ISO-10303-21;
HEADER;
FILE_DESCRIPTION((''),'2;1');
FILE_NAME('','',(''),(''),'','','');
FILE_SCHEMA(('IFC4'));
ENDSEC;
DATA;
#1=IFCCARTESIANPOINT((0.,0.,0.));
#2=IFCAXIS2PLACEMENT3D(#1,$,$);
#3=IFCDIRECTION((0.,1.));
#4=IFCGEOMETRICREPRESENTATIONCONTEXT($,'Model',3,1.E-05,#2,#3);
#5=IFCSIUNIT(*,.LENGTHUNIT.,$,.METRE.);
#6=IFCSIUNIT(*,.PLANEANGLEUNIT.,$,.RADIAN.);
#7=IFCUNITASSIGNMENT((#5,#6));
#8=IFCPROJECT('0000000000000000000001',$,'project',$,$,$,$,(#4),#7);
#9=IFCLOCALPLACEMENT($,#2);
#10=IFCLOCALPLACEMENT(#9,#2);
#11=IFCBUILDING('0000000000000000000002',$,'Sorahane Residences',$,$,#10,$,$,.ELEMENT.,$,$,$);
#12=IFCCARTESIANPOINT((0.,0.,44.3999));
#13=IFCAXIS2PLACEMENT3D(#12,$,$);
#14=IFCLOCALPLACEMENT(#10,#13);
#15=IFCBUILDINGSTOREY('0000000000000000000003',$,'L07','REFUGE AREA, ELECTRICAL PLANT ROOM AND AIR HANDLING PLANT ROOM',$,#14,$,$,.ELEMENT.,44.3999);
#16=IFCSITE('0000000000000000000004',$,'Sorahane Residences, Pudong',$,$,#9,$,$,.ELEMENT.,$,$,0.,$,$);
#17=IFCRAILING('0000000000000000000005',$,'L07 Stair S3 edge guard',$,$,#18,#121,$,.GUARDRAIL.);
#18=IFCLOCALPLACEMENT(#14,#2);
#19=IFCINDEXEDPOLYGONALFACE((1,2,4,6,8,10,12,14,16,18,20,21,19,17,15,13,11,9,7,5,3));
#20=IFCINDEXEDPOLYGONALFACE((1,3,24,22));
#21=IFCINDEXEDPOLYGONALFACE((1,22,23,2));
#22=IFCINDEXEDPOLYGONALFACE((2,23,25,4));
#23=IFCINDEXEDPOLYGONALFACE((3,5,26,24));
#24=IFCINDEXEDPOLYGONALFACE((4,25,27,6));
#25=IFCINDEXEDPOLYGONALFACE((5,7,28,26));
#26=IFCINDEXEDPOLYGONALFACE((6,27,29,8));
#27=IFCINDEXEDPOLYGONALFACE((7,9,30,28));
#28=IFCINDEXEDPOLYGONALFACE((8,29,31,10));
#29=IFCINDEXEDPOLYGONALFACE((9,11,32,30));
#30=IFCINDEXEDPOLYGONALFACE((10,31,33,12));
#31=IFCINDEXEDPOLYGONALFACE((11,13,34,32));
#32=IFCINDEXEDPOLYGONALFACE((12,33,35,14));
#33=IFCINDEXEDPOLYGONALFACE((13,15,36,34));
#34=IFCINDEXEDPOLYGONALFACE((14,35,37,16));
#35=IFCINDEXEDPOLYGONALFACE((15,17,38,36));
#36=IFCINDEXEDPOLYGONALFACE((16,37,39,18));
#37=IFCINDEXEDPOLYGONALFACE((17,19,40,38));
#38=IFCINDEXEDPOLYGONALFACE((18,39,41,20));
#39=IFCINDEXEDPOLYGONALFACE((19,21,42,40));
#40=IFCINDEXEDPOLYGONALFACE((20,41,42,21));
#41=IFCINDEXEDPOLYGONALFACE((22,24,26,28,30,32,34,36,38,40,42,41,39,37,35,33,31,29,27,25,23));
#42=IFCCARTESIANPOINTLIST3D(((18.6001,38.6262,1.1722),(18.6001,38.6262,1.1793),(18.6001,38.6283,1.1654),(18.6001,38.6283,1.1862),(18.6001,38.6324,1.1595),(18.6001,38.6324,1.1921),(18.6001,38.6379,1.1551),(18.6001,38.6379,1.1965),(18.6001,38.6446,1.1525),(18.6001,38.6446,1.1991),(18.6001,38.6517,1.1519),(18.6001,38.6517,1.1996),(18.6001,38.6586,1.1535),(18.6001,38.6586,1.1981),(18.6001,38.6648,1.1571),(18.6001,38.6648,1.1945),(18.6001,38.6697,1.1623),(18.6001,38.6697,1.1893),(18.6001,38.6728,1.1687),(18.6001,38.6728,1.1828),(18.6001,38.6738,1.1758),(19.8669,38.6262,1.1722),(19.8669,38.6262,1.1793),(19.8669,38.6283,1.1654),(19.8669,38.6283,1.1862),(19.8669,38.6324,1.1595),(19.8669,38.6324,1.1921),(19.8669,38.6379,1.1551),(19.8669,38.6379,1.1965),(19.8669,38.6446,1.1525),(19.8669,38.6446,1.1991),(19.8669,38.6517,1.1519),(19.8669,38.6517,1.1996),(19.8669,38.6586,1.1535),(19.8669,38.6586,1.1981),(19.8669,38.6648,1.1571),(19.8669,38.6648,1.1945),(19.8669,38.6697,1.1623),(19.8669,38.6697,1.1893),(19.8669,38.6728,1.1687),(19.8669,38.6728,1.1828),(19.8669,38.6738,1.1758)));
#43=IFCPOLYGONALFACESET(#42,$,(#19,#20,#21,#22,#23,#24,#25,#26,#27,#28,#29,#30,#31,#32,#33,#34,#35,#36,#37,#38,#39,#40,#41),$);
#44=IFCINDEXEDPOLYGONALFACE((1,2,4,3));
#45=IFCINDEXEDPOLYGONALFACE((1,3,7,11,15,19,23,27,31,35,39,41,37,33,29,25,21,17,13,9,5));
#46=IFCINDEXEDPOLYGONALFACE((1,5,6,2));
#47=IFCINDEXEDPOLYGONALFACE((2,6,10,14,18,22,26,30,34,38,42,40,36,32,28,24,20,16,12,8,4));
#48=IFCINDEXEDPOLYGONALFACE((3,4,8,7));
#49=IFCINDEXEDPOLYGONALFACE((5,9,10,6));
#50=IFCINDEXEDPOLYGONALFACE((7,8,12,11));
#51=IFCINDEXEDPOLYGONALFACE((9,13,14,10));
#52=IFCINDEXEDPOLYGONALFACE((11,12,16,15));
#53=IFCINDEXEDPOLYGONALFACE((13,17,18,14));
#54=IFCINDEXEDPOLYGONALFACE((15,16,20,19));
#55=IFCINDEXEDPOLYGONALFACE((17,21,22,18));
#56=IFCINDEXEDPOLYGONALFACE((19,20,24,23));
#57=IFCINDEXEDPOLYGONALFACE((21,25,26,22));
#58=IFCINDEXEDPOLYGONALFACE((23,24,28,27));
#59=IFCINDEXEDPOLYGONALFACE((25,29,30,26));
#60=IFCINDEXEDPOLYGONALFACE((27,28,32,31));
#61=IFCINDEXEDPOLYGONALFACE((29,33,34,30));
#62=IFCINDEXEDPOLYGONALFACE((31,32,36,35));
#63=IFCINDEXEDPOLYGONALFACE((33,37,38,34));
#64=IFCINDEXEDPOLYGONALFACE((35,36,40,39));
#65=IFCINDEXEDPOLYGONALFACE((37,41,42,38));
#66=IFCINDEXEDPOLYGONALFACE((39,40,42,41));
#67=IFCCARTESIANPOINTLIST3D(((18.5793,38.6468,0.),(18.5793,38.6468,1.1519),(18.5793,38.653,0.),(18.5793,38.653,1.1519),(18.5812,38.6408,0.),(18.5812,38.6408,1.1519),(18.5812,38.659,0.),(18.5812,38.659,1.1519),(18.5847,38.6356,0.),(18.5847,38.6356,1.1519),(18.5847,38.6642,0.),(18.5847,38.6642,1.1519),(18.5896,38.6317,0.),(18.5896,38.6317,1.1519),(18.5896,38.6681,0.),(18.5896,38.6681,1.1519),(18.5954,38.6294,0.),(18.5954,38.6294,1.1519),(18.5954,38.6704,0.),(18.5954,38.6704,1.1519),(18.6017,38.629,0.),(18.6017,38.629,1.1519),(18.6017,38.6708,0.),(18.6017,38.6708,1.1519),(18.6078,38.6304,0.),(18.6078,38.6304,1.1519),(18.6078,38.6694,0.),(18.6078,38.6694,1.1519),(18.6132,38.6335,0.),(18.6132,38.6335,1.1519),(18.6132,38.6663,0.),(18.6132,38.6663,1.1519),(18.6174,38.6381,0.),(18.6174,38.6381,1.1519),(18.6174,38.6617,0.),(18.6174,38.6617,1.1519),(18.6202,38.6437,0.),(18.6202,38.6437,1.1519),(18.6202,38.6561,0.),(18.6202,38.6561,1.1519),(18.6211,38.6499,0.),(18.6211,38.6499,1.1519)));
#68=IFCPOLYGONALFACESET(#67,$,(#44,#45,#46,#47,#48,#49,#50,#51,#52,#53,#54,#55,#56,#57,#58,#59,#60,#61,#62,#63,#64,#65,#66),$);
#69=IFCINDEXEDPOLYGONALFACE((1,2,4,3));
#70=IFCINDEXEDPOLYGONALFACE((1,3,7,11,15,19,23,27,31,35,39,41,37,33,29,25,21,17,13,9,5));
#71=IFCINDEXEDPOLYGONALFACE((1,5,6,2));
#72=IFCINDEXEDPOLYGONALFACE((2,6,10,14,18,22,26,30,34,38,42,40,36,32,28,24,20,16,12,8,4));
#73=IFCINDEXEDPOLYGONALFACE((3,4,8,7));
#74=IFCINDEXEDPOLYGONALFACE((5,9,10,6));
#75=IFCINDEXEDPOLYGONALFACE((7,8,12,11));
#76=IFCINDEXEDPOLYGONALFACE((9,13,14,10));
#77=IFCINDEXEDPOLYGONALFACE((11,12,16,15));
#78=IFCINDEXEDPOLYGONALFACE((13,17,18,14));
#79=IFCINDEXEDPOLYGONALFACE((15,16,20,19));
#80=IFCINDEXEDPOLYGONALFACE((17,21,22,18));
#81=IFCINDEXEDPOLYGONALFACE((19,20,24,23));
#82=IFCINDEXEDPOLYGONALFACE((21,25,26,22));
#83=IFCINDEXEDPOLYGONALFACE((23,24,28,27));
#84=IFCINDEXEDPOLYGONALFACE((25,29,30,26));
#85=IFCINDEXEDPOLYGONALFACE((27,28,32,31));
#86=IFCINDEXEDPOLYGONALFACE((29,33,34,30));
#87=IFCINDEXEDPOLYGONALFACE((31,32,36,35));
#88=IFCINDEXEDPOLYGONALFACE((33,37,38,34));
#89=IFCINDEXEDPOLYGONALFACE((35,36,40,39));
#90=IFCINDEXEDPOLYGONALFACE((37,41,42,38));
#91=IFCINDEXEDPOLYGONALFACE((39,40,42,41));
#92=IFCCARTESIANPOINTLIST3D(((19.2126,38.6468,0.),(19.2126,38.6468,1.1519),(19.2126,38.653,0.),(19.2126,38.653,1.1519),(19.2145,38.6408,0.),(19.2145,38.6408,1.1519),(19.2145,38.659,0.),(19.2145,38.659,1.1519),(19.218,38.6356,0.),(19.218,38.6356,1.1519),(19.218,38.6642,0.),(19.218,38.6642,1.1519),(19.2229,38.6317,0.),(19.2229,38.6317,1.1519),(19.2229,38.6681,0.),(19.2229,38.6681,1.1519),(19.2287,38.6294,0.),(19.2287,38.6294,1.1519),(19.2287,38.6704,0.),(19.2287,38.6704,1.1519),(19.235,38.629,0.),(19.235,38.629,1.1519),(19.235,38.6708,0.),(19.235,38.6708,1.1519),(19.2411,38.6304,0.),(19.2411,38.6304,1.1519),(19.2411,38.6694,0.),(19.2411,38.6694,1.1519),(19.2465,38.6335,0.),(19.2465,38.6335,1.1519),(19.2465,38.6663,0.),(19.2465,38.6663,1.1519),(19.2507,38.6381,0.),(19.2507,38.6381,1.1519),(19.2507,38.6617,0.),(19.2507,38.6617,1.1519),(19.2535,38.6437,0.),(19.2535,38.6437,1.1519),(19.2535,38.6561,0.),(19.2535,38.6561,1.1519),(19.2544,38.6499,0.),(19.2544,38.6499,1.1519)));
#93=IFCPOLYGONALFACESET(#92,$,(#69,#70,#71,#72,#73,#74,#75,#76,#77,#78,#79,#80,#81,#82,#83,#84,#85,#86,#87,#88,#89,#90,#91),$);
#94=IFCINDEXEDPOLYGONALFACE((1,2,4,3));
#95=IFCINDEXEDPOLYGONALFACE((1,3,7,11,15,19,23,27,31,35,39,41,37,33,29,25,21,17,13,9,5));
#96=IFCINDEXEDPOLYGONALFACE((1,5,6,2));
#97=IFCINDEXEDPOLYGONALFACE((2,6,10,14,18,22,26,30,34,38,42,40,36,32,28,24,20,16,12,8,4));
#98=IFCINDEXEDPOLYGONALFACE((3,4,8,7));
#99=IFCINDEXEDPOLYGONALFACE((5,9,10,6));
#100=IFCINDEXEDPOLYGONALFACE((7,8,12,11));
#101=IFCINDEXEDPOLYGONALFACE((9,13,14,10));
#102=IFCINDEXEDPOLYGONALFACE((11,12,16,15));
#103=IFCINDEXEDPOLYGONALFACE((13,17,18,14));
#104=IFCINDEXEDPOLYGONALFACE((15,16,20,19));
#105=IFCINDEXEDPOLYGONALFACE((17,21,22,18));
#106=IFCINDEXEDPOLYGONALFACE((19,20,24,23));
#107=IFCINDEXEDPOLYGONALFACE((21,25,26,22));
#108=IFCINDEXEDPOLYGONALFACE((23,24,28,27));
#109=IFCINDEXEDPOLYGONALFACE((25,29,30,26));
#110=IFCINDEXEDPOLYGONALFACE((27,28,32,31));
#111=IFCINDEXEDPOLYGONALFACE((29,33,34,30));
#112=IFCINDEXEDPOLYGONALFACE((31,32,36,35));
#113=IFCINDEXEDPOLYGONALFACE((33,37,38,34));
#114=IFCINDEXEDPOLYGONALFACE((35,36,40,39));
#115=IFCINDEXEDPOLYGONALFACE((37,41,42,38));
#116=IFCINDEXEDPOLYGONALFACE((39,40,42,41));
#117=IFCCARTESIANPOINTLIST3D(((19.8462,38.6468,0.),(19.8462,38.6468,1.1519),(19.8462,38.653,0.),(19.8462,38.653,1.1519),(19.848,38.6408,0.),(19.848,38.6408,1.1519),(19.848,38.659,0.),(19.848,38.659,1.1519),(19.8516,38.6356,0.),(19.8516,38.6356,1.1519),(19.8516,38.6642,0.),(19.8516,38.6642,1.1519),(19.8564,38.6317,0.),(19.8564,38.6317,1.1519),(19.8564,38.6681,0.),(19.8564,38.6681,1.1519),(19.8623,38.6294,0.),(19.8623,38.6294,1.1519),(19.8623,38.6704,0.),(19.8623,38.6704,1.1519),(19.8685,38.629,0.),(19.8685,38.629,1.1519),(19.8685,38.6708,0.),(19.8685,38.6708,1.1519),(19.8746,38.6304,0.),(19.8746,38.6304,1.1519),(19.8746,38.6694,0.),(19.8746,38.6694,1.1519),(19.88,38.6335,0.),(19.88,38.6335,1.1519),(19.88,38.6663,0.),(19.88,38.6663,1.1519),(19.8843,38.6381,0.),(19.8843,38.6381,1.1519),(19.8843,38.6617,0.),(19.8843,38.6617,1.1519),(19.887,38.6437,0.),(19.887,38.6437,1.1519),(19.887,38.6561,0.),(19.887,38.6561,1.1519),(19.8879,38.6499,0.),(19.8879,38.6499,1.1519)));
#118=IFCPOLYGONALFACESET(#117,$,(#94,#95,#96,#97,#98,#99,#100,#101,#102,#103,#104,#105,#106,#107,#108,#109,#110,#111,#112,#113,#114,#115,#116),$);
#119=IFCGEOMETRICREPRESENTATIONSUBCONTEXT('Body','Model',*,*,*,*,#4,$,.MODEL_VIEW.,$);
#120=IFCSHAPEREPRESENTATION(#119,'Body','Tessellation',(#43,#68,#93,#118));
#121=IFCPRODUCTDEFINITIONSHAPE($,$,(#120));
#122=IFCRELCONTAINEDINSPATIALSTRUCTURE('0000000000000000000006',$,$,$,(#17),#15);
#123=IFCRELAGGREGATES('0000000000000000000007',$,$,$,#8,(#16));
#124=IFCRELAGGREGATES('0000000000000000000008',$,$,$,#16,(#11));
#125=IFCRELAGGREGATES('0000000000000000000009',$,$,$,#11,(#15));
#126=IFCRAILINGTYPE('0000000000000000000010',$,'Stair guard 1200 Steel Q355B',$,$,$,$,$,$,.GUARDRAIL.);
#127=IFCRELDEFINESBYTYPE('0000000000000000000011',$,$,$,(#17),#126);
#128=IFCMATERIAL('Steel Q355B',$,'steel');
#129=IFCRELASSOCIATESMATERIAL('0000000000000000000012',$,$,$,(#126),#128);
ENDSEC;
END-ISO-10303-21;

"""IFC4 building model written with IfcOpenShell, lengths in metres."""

from ifc_helpers import new_model, si_unit, direction, frame, origin, origin_2d, place, context, subcontext, project, spatial, circle, extrude, material, type_object, element, save


model = new_model("IFC4")

# Units and contexts
model_context = context("Model", 3, precision=1e-05, world=origin(), true_north=direction((0.0, 1.0)))
body_context = subcontext(model_context, "Body", "Model", "MODEL_VIEW")
ifc_project = project(units=[si_unit("LENGTHUNIT", "METRE"), si_unit("PLANEANGLEUNIT", "RADIAN")], contexts=[model_context])

# Site, building, storey
site_placement = place(None, origin())
site = spatial("IfcSite", under=ifc_project, at=site_placement, Name="Sorahane Residences, Pudong", CompositionType="ELEMENT", RefElevation=0.0)
building_placement = place(site_placement, origin())
building = spatial("IfcBuilding", under=site, at=building_placement, Name="Sorahane Residences", CompositionType="ELEMENT")
storey_placement = place(building_placement, frame((0.0, 0.0, 44.3999)))
storey = spatial("IfcBuildingStorey", under=building, at=storey_placement, Name="L07", Description="REFUGE AREA, ELECTRICAL PLANT ROOM AND AIR HANDLING PLANT ROOM", CompositionType="ELEMENT", Elevation=44.3999)

# Railing
ifc_material_1 = material(Name="Steel Q355B", Category="steel")
railing_type_1 = type_object("IfcRailingType", Name="Stair guard 1200 Steel Q355B", PredefinedType="GUARDRAIL", material=ifc_material_1)
railing_1_placement = place(storey_placement, frame((18.6001, 38.6499, 0.0)))
element("IfcRailing", 1, at=railing_1_placement, inside=storey, type_object=railing_type_1, Name="L07 Stair S3 edge guard", PredefinedType="GUARDRAIL", context=body_context, shape_type="SweptSolid", body=[
    extrude(circle(Radius=0.0239, at=origin_2d()), frame((0.0, 0.0, 1.1758), z_axis=(1.0, 0.0, 0.0), x_axis=(0.0, 1.0, 0.0)), (0.0, 0.0, 1.0), 1.2668),
    extrude(circle(Radius=0.021, at=origin_2d()), origin(), (0.0, 0.0, 1.0), 1.1519),
    extrude(circle(Radius=0.021, at=origin_2d()), frame((0.6333, 0.0, 0.0)), (0.0, 0.0, 1.0), 1.1519),
    extrude(circle(Radius=0.021, at=origin_2d()), frame((1.2668, 0.0, 0.0)), (0.0, 0.0, 1.0), 1.1519),
])

save(model, "model.ifc")
